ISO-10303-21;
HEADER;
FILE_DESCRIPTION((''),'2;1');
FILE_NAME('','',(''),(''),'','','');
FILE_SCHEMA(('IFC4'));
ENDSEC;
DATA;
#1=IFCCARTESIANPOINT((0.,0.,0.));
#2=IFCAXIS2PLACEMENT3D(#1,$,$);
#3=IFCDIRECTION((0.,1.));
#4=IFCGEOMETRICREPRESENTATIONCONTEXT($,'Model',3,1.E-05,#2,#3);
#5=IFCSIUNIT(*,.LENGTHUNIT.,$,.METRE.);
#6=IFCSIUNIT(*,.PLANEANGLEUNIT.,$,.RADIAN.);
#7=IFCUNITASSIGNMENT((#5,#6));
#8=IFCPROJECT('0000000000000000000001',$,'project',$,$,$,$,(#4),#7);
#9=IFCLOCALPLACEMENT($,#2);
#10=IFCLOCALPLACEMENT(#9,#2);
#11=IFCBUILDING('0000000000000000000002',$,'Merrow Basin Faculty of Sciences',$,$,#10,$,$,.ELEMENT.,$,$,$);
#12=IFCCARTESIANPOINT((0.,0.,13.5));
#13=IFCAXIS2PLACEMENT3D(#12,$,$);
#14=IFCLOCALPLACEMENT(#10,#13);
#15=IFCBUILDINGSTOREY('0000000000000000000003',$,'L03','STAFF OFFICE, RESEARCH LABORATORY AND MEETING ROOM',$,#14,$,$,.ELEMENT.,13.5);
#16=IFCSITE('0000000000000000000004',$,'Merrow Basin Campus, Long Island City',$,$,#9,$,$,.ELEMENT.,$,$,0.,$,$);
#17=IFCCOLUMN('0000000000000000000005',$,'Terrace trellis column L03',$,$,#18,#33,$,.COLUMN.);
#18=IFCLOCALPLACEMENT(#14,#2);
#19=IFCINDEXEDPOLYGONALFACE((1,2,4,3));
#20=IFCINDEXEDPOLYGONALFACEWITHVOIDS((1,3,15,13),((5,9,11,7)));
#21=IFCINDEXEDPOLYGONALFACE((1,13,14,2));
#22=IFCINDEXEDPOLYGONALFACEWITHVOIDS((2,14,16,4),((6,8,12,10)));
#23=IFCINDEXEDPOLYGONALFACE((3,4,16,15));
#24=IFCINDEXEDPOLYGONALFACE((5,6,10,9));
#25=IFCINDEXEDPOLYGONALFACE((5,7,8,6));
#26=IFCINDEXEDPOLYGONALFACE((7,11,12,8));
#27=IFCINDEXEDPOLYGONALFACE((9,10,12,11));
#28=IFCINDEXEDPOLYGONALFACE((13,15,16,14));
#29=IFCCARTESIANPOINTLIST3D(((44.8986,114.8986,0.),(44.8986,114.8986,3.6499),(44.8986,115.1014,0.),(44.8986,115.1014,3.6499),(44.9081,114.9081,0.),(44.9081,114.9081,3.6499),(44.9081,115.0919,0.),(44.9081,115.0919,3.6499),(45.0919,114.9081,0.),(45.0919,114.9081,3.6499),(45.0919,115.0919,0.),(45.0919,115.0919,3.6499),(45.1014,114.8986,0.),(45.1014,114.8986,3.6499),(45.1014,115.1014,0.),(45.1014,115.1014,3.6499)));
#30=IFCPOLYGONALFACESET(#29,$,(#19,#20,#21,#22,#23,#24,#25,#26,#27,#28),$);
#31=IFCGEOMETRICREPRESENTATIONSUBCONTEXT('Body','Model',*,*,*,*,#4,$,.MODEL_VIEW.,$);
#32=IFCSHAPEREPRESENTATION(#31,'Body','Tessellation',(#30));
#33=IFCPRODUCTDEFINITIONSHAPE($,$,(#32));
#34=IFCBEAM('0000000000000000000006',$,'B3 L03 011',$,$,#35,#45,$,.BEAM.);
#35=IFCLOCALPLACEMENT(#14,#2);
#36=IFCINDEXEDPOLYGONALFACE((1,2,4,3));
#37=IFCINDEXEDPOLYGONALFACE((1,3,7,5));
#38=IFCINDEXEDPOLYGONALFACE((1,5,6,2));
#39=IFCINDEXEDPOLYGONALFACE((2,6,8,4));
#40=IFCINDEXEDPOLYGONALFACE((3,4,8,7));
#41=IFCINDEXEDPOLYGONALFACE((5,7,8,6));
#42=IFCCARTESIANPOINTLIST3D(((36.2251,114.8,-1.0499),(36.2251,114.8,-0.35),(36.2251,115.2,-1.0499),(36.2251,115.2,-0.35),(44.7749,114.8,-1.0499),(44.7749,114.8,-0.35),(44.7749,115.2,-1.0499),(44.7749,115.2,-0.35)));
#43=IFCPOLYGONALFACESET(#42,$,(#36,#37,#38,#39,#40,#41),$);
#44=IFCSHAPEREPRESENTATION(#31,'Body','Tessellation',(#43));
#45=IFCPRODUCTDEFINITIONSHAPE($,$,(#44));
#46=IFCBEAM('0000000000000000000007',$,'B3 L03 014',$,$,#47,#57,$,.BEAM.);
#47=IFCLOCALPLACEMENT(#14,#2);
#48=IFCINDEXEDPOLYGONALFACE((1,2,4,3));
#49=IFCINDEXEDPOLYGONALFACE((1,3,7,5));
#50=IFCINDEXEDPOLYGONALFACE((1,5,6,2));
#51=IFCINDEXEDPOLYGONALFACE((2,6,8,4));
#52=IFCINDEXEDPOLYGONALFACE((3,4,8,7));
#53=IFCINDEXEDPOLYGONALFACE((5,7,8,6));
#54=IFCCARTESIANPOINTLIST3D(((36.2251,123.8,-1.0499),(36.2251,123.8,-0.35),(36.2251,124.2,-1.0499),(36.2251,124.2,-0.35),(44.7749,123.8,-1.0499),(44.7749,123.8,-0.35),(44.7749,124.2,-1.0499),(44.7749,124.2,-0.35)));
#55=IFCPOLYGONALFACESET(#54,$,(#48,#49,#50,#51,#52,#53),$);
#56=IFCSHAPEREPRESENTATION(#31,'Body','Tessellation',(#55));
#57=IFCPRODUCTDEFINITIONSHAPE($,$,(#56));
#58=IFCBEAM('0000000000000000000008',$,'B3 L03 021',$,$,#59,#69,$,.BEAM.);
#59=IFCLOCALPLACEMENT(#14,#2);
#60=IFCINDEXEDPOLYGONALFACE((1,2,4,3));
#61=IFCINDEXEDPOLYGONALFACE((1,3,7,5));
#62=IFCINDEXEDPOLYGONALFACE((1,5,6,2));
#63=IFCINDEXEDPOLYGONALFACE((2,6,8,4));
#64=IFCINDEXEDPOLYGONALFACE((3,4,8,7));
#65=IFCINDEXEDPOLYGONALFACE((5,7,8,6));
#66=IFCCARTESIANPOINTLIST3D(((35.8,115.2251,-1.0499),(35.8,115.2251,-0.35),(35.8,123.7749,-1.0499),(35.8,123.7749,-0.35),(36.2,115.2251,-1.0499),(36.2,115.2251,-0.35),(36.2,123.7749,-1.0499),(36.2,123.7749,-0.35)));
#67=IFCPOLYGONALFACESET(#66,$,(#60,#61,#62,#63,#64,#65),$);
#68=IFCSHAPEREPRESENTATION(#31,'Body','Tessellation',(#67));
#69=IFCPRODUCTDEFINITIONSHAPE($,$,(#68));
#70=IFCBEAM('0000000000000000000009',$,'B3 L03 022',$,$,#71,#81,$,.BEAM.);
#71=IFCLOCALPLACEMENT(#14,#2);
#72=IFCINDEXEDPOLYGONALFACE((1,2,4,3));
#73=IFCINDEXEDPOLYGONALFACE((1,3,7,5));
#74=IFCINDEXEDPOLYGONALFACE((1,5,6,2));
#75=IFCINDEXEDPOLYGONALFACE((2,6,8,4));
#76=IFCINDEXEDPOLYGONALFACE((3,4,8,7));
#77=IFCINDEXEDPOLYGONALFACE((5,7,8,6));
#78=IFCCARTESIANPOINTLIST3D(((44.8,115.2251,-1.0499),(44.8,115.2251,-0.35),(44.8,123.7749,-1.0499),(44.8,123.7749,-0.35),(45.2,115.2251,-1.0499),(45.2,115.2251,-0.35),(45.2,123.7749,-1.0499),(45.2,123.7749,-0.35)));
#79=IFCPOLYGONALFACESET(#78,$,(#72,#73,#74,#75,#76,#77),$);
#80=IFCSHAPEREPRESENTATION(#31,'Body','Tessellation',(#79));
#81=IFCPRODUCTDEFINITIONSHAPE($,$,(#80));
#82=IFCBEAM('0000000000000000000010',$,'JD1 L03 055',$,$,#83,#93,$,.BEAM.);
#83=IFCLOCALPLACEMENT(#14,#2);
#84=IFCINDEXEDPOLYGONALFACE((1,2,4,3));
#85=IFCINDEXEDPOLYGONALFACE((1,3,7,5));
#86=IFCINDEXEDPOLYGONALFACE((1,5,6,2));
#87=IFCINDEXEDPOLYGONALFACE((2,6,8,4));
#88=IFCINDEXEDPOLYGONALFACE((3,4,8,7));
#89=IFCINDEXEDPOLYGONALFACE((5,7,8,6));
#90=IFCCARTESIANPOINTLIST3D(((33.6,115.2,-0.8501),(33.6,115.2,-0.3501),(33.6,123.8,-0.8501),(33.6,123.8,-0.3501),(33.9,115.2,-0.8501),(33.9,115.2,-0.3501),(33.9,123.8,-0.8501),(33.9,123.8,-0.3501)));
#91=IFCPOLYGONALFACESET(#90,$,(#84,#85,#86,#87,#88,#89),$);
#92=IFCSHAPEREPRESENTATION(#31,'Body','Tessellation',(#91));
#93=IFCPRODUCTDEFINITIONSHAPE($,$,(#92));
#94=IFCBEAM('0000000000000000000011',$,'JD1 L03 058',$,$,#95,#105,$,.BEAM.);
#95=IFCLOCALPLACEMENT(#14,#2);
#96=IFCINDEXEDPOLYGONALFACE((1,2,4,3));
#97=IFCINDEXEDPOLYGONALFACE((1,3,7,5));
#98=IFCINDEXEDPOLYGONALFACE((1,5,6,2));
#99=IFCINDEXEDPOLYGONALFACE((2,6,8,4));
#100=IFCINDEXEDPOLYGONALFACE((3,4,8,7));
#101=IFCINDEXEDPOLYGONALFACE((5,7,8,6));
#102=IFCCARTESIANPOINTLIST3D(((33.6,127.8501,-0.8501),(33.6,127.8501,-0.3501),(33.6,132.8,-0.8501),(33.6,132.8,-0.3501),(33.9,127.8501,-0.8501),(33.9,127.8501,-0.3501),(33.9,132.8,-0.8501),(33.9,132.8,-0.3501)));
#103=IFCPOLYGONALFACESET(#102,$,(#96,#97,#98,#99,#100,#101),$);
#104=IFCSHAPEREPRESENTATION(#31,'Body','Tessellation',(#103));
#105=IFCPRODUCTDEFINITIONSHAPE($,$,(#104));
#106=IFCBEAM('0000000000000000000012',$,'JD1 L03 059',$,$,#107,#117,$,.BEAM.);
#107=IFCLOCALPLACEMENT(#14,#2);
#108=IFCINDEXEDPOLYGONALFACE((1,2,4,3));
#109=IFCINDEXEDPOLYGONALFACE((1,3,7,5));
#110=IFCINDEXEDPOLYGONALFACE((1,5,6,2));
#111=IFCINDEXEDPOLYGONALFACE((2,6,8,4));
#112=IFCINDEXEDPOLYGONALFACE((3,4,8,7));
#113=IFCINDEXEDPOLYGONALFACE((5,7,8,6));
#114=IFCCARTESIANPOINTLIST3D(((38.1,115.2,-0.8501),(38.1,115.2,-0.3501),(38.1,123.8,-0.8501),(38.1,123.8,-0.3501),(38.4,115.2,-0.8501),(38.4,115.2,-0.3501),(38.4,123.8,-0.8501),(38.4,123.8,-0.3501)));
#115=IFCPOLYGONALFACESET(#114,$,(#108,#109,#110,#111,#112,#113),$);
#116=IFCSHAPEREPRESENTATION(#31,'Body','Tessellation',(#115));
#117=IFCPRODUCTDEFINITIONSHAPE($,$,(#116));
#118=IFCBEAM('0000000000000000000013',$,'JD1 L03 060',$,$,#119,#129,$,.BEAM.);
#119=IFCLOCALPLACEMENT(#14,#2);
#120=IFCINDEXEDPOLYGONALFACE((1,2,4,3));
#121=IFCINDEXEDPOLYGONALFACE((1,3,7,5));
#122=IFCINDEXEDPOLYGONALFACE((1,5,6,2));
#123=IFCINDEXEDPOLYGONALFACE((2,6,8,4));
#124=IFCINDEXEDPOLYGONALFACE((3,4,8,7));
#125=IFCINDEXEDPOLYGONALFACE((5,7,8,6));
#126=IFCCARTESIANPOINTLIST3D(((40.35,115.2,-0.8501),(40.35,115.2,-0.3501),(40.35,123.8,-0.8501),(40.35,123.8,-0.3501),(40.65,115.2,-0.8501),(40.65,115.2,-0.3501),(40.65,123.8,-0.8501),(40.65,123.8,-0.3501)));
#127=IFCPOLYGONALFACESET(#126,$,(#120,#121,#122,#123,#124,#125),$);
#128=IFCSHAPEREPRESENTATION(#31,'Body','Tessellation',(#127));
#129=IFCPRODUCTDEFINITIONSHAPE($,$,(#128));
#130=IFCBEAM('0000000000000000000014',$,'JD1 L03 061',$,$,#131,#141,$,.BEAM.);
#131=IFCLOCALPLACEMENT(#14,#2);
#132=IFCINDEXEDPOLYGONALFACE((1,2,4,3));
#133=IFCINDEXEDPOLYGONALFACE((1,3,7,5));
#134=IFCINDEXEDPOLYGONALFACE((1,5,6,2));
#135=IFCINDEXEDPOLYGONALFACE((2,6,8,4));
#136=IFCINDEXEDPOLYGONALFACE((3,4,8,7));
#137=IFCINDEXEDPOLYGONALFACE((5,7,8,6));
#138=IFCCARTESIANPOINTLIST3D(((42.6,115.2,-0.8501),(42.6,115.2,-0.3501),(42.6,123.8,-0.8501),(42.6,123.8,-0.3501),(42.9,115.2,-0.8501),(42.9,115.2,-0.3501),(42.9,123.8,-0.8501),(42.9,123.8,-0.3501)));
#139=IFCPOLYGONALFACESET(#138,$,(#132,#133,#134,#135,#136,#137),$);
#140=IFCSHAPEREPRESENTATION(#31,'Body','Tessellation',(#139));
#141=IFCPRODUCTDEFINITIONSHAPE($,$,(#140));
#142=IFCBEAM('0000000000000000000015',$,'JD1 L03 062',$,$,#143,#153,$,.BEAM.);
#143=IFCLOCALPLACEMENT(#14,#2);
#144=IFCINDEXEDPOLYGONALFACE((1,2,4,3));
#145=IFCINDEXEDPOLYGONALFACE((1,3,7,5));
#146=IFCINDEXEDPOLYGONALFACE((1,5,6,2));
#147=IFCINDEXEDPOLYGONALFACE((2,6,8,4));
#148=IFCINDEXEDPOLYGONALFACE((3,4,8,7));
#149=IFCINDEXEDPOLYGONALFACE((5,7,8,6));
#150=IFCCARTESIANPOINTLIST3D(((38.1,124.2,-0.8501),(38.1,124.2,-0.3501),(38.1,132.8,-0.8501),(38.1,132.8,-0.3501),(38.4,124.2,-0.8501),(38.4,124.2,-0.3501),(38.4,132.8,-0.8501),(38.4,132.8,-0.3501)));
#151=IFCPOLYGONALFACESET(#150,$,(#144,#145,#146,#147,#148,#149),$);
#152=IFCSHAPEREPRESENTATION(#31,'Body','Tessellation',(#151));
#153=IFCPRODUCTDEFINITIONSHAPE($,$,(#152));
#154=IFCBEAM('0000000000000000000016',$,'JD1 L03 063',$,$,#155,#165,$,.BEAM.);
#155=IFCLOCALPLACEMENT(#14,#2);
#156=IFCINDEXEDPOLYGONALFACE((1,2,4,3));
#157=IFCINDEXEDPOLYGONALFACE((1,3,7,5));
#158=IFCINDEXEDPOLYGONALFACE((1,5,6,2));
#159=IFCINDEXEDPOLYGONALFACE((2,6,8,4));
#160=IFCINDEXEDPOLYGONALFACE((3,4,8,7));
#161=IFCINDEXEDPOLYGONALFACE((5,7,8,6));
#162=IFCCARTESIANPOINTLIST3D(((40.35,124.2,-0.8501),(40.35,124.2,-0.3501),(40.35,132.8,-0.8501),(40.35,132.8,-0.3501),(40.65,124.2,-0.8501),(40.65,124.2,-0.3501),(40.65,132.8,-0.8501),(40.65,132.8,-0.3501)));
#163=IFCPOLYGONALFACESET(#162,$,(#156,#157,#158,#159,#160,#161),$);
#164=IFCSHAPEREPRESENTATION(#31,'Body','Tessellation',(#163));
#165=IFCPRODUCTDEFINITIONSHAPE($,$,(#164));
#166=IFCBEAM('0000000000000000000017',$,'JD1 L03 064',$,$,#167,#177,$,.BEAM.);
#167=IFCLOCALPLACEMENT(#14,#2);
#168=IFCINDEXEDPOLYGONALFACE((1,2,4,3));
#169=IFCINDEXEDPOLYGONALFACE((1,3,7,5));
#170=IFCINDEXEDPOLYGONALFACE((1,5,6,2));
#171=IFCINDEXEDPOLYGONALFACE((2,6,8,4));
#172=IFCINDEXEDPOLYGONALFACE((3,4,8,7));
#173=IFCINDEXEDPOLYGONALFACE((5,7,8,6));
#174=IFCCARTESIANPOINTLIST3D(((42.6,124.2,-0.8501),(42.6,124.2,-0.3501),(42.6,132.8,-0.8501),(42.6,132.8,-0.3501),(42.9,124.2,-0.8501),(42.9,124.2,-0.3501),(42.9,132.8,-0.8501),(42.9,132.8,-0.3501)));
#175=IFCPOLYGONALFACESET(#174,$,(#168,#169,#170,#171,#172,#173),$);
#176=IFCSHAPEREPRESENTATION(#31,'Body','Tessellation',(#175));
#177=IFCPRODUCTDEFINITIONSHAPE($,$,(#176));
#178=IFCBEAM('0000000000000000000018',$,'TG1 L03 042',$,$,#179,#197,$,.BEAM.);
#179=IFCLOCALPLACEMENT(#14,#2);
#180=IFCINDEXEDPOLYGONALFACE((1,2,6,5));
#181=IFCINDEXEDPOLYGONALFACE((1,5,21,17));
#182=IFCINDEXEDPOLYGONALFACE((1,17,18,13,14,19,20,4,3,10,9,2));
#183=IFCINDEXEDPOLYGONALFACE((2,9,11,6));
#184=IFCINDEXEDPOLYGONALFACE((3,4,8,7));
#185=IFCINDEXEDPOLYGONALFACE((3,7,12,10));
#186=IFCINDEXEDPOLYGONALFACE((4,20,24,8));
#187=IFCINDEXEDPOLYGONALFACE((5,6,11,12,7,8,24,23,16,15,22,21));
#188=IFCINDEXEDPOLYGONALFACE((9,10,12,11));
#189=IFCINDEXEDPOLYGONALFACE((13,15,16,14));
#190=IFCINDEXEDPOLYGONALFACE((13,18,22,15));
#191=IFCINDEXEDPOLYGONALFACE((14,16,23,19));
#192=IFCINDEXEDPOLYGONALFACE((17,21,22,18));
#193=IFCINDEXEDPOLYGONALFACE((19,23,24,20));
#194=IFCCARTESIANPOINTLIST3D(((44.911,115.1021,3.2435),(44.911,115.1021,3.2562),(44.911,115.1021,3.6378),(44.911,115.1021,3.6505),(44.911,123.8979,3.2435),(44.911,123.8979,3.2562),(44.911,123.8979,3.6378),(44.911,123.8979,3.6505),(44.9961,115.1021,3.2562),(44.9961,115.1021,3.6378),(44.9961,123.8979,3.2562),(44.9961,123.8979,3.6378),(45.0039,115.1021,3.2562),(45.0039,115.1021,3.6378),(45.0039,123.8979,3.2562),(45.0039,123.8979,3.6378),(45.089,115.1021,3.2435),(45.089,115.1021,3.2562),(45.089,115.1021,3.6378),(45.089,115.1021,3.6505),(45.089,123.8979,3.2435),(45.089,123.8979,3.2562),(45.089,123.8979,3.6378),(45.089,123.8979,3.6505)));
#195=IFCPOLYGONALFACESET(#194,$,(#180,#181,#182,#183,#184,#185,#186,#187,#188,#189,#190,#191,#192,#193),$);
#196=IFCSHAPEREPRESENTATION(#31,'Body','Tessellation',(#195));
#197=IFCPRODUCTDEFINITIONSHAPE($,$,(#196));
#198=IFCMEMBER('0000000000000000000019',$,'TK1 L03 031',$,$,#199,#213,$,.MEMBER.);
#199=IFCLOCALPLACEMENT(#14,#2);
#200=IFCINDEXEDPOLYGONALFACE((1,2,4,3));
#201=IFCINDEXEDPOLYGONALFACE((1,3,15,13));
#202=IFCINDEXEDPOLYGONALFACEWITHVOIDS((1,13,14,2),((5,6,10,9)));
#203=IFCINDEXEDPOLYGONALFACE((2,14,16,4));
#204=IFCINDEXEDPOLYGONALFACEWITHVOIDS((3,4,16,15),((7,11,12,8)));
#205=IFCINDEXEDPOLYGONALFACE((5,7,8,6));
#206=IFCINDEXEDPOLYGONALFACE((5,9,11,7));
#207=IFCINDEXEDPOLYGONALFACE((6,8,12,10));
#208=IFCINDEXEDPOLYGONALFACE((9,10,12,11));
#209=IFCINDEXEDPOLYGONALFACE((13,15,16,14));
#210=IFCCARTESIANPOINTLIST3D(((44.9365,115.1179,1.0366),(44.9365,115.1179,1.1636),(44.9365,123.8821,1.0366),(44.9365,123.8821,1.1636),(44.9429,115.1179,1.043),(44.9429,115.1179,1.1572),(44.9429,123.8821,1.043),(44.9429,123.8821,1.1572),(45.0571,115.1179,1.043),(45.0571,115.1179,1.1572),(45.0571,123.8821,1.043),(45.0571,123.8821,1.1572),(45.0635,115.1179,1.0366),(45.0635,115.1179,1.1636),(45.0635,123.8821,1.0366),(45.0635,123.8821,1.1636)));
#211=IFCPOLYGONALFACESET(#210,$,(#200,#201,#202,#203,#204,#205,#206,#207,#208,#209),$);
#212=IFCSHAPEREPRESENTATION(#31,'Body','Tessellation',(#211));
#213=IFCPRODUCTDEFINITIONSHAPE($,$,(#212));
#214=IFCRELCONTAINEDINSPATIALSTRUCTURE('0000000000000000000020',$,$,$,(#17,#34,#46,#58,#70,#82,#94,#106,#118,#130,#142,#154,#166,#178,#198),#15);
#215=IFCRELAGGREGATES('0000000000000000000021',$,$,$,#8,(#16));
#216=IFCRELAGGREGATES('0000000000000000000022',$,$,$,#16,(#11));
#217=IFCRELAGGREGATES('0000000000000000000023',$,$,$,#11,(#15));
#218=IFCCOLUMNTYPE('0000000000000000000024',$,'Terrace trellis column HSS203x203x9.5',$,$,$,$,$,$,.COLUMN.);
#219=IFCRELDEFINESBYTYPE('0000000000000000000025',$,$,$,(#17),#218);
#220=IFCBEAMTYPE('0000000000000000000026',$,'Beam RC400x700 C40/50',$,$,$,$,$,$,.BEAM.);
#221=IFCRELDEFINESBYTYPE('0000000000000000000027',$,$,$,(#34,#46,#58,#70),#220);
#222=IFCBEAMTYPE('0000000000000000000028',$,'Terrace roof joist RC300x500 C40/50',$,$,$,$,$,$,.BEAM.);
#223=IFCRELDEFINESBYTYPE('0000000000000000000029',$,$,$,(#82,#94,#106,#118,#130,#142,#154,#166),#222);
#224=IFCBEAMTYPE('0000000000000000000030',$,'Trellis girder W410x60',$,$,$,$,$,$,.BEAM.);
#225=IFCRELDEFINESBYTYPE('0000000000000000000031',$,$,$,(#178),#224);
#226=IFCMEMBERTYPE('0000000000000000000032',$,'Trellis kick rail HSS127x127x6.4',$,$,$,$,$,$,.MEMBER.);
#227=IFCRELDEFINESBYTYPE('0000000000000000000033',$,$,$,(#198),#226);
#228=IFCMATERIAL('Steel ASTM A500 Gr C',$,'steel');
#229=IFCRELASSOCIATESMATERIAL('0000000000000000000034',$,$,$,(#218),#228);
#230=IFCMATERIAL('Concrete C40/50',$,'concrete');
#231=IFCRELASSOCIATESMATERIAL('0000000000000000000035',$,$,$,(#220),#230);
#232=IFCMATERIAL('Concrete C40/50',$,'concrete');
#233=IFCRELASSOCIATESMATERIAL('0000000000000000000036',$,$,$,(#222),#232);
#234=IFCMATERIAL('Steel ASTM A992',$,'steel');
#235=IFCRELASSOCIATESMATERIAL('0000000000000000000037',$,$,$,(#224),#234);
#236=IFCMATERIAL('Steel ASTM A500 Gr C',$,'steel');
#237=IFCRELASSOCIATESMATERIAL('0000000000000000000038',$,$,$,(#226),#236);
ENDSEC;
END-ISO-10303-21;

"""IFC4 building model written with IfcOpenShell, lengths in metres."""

from ifc_helpers import new_model, si_unit, direction, frame, origin, origin_2d, place, context, subcontext, project, spatial, rectangle, hollow_rectangle, i_section, extrude, material, material_profile, profile_set, type_object, element, save


model = new_model("IFC4")

# Units and contexts
model_context = context("Model", 3, precision=1e-05, world=origin(), true_north=direction((0.0, 1.0)))
body_context = subcontext(model_context, "Body", "Model", "MODEL_VIEW")
ifc_project = project(units=[si_unit("LENGTHUNIT", "METRE"), si_unit("PLANEANGLEUNIT", "RADIAN")], contexts=[model_context])

# Site, building, storey
site_placement = place(None, origin())
site = spatial("IfcSite", under=ifc_project, at=site_placement, Name="Merrow Basin Campus, Long Island City", CompositionType="ELEMENT", RefElevation=0.0)
building_placement = place(site_placement, origin())
building = spatial("IfcBuilding", under=site, at=building_placement, Name="Merrow Basin Faculty of Sciences", CompositionType="ELEMENT")
storey_placement = place(building_placement, frame((0.0, 0.0, 13.5)))
storey = spatial("IfcBuildingStorey", under=building, at=storey_placement, Name="L03", Description="STAFF OFFICE, RESEARCH LABORATORY AND MEETING ROOM", CompositionType="ELEMENT", Elevation=13.5)

# Column
ifc_material_1 = material(Name="Steel ASTM A500 Gr C", Category="steel")
ifc_material_profile_1 = material_profile(ifc_material_1, hollow_rectangle(XDim=0.2029, YDim=0.2029, WallThickness=0.0095, at=origin_2d()))
ifc_profile_set_1 = profile_set([ifc_material_profile_1], Name="Steel ASTM A500 Gr C")
column_type = type_object("IfcColumnType", Name="Terrace trellis column HSS203x203x9.5", PredefinedType="COLUMN", material=ifc_profile_set_1)
column_placement = place(storey_placement, frame((45.0, 115.0, 0.0), z_axis=(0.0, 0.0, 1.0), x_axis=(1.0, 0.0, 0.0)))
element("IfcColumn", 1, at=column_placement, inside=storey, type_object=column_type, Name="Terrace trellis column L03", PredefinedType="COLUMN", context=body_context, shape_type="SweptSolid", body=[
    extrude(hollow_rectangle(XDim=0.2029, YDim=0.2029, WallThickness=0.0095, at=origin_2d()), origin(), (0.0, 0.0, 1.0), 3.6499),
])

# Beams
ifc_material_2 = material(Name="Concrete C40/50", Category="concrete")
ifc_material_profile_2 = material_profile(ifc_material_2, rectangle(XDim=0.3999, YDim=0.7, at=origin_2d()))
ifc_profile_set_2 = profile_set([ifc_material_profile_2], Name="Concrete C40/50")
beam_type_1 = type_object("IfcBeamType", Name="Beam RC400x700 C40/50", PredefinedType="BEAM", material=ifc_profile_set_2)
for number, where, z_axis, x_axis, name in (
    (2, (36.2251, 115.0, -0.7), (1.0, 0.0, 0.0), (0.0, 1.0, 0.0), "B3 L03 011"),
    (3, (36.2251, 124.0, -0.7), (1.0, 0.0, 0.0), (0.0, 1.0, 0.0), "B3 L03 014"),
    (4, (36.0, 115.2251, -0.7), (0.0, 1.0, 0.0), (-1.0, 0.0, 0.0), "B3 L03 021"),
    (5, (45.0, 115.2251, -0.7), (0.0, 1.0, 0.0), (-1.0, 0.0, 0.0), "B3 L03 022"),
):
    element("IfcBeam", number, at=place(storey_placement, frame(where, z_axis=z_axis, x_axis=x_axis)), inside=storey, type_object=beam_type_1, Name=name, PredefinedType="BEAM", context=body_context, shape_type="SweptSolid", body=[
        extrude(rectangle(XDim=0.3999, YDim=0.7, at=origin_2d()), origin(), (0.0, 0.0, 1.0), 8.5498),
    ])
ifc_material_3 = material(Name="Concrete C40/50", Category="concrete")
ifc_material_profile_3 = material_profile(ifc_material_3, rectangle(XDim=0.3, YDim=0.5, at=origin_2d()))
ifc_profile_set_3 = profile_set([ifc_material_profile_3], Name="Concrete C40/50")
beam_type_2 = type_object("IfcBeamType", Name="Terrace roof joist RC300x500 C40/50", PredefinedType="BEAM", material=ifc_profile_set_3)
beam_1_placement = place(storey_placement, frame((33.75, 115.2, -0.6001), z_axis=(0.0, 1.0, 0.0), x_axis=(-1.0, 0.0, 0.0)))
element("IfcBeam", 6, at=beam_1_placement, inside=storey, type_object=beam_type_2, Name="JD1 L03 055", PredefinedType="BEAM", context=body_context, shape_type="SweptSolid", body=[
    extrude(rectangle(XDim=0.3, YDim=0.5, at=origin_2d()), origin(), (0.0, 0.0, 1.0), 8.6001),
])
beam_2_placement = place(storey_placement, frame((33.75, 127.8501, -0.6001), z_axis=(0.0, 1.0, 0.0), x_axis=(-1.0, 0.0, 0.0)))
element("IfcBeam", 7, at=beam_2_placement, inside=storey, type_object=beam_type_2, Name="JD1 L03 058", PredefinedType="BEAM", context=body_context, shape_type="SweptSolid", body=[
    extrude(rectangle(XDim=0.3, YDim=0.5, at=origin_2d()), origin(), (0.0, 0.0, 1.0), 4.95),
])
for number, where, z_axis, x_axis, name in (
    (8, (38.25, 115.2, -0.6001), (0.0, 1.0, 0.0), (-1.0, 0.0, 0.0), "JD1 L03 059"),
    (9, (40.5, 115.2, -0.6001), (0.0, 1.0, 0.0), (-1.0, 0.0, 0.0), "JD1 L03 060"),
    (10, (42.75, 115.2, -0.6001), (0.0, 1.0, 0.0), (-1.0, 0.0, 0.0), "JD1 L03 061"),
    (11, (38.25, 124.2, -0.6001), (0.0, 1.0, 0.0), (-1.0, 0.0, 0.0), "JD1 L03 062"),
    (12, (40.5, 124.2, -0.6001), (0.0, 1.0, 0.0), (-1.0, 0.0, 0.0), "JD1 L03 063"),
    (13, (42.75, 124.2, -0.6001), (0.0, 1.0, 0.0), (-1.0, 0.0, 0.0), "JD1 L03 064"),
):
    element("IfcBeam", number, at=place(storey_placement, frame(where, z_axis=z_axis, x_axis=x_axis)), inside=storey, type_object=beam_type_2, Name=name, PredefinedType="BEAM", context=body_context, shape_type="SweptSolid", body=[
        extrude(rectangle(XDim=0.3, YDim=0.5, at=origin_2d()), origin(), (0.0, 0.0, 1.0), 8.6001),
    ])
ifc_material_4 = material(Name="Steel ASTM A992", Category="steel")
ifc_material_profile_4 = material_profile(ifc_material_4, i_section(OverallWidth=0.178, OverallDepth=0.407, WebThickness=0.0078, FlangeThickness=0.0127, at=origin_2d()))
ifc_profile_set_4 = profile_set([ifc_material_profile_4], Name="Steel ASTM A992")
beam_type_3 = type_object("IfcBeamType", Name="Trellis girder W410x60", PredefinedType="BEAM", material=ifc_profile_set_4)
beam_3_placement = place(storey_placement, frame((45.0, 115.1021, 3.447), z_axis=(0.0, 1.0, 0.0), x_axis=(-1.0, 0.0, 0.0)))
element("IfcBeam", 14, at=beam_3_placement, inside=storey, type_object=beam_type_3, Name="TG1 L03 042", PredefinedType="BEAM", context=body_context, shape_type="SweptSolid", body=[
    extrude(i_section(OverallWidth=0.178, OverallDepth=0.407, WebThickness=0.0078, FlangeThickness=0.0127, at=origin_2d()), origin(), (0.0, 0.0, 1.0), 8.7959),
])

# Member
ifc_material_5 = material(Name="Steel ASTM A500 Gr C", Category="steel")
ifc_material_profile_5 = material_profile(ifc_material_5, hollow_rectangle(XDim=0.127, YDim=0.127, WallThickness=0.0063, at=origin_2d()))
ifc_profile_set_5 = profile_set([ifc_material_profile_5], Name="Steel ASTM A500 Gr C")
member_type_1 = type_object("IfcMemberType", Name="Trellis kick rail HSS127x127x6.4", PredefinedType="MEMBER", material=ifc_profile_set_5)
member_1_placement = place(storey_placement, frame((45.0, 115.1179, 1.1001), z_axis=(0.0, 1.0, 0.0), x_axis=(-1.0, 0.0, 0.0)))
element("IfcMember", 15, at=member_1_placement, inside=storey, type_object=member_type_1, Name="TK1 L03 031", PredefinedType="MEMBER", context=body_context, shape_type="SweptSolid", body=[
    extrude(hollow_rectangle(XDim=0.127, YDim=0.127, WallThickness=0.0063, at=origin_2d()), origin(), (0.0, 0.0, 1.0), 8.7642),
])

save(model, "model.ifc")
